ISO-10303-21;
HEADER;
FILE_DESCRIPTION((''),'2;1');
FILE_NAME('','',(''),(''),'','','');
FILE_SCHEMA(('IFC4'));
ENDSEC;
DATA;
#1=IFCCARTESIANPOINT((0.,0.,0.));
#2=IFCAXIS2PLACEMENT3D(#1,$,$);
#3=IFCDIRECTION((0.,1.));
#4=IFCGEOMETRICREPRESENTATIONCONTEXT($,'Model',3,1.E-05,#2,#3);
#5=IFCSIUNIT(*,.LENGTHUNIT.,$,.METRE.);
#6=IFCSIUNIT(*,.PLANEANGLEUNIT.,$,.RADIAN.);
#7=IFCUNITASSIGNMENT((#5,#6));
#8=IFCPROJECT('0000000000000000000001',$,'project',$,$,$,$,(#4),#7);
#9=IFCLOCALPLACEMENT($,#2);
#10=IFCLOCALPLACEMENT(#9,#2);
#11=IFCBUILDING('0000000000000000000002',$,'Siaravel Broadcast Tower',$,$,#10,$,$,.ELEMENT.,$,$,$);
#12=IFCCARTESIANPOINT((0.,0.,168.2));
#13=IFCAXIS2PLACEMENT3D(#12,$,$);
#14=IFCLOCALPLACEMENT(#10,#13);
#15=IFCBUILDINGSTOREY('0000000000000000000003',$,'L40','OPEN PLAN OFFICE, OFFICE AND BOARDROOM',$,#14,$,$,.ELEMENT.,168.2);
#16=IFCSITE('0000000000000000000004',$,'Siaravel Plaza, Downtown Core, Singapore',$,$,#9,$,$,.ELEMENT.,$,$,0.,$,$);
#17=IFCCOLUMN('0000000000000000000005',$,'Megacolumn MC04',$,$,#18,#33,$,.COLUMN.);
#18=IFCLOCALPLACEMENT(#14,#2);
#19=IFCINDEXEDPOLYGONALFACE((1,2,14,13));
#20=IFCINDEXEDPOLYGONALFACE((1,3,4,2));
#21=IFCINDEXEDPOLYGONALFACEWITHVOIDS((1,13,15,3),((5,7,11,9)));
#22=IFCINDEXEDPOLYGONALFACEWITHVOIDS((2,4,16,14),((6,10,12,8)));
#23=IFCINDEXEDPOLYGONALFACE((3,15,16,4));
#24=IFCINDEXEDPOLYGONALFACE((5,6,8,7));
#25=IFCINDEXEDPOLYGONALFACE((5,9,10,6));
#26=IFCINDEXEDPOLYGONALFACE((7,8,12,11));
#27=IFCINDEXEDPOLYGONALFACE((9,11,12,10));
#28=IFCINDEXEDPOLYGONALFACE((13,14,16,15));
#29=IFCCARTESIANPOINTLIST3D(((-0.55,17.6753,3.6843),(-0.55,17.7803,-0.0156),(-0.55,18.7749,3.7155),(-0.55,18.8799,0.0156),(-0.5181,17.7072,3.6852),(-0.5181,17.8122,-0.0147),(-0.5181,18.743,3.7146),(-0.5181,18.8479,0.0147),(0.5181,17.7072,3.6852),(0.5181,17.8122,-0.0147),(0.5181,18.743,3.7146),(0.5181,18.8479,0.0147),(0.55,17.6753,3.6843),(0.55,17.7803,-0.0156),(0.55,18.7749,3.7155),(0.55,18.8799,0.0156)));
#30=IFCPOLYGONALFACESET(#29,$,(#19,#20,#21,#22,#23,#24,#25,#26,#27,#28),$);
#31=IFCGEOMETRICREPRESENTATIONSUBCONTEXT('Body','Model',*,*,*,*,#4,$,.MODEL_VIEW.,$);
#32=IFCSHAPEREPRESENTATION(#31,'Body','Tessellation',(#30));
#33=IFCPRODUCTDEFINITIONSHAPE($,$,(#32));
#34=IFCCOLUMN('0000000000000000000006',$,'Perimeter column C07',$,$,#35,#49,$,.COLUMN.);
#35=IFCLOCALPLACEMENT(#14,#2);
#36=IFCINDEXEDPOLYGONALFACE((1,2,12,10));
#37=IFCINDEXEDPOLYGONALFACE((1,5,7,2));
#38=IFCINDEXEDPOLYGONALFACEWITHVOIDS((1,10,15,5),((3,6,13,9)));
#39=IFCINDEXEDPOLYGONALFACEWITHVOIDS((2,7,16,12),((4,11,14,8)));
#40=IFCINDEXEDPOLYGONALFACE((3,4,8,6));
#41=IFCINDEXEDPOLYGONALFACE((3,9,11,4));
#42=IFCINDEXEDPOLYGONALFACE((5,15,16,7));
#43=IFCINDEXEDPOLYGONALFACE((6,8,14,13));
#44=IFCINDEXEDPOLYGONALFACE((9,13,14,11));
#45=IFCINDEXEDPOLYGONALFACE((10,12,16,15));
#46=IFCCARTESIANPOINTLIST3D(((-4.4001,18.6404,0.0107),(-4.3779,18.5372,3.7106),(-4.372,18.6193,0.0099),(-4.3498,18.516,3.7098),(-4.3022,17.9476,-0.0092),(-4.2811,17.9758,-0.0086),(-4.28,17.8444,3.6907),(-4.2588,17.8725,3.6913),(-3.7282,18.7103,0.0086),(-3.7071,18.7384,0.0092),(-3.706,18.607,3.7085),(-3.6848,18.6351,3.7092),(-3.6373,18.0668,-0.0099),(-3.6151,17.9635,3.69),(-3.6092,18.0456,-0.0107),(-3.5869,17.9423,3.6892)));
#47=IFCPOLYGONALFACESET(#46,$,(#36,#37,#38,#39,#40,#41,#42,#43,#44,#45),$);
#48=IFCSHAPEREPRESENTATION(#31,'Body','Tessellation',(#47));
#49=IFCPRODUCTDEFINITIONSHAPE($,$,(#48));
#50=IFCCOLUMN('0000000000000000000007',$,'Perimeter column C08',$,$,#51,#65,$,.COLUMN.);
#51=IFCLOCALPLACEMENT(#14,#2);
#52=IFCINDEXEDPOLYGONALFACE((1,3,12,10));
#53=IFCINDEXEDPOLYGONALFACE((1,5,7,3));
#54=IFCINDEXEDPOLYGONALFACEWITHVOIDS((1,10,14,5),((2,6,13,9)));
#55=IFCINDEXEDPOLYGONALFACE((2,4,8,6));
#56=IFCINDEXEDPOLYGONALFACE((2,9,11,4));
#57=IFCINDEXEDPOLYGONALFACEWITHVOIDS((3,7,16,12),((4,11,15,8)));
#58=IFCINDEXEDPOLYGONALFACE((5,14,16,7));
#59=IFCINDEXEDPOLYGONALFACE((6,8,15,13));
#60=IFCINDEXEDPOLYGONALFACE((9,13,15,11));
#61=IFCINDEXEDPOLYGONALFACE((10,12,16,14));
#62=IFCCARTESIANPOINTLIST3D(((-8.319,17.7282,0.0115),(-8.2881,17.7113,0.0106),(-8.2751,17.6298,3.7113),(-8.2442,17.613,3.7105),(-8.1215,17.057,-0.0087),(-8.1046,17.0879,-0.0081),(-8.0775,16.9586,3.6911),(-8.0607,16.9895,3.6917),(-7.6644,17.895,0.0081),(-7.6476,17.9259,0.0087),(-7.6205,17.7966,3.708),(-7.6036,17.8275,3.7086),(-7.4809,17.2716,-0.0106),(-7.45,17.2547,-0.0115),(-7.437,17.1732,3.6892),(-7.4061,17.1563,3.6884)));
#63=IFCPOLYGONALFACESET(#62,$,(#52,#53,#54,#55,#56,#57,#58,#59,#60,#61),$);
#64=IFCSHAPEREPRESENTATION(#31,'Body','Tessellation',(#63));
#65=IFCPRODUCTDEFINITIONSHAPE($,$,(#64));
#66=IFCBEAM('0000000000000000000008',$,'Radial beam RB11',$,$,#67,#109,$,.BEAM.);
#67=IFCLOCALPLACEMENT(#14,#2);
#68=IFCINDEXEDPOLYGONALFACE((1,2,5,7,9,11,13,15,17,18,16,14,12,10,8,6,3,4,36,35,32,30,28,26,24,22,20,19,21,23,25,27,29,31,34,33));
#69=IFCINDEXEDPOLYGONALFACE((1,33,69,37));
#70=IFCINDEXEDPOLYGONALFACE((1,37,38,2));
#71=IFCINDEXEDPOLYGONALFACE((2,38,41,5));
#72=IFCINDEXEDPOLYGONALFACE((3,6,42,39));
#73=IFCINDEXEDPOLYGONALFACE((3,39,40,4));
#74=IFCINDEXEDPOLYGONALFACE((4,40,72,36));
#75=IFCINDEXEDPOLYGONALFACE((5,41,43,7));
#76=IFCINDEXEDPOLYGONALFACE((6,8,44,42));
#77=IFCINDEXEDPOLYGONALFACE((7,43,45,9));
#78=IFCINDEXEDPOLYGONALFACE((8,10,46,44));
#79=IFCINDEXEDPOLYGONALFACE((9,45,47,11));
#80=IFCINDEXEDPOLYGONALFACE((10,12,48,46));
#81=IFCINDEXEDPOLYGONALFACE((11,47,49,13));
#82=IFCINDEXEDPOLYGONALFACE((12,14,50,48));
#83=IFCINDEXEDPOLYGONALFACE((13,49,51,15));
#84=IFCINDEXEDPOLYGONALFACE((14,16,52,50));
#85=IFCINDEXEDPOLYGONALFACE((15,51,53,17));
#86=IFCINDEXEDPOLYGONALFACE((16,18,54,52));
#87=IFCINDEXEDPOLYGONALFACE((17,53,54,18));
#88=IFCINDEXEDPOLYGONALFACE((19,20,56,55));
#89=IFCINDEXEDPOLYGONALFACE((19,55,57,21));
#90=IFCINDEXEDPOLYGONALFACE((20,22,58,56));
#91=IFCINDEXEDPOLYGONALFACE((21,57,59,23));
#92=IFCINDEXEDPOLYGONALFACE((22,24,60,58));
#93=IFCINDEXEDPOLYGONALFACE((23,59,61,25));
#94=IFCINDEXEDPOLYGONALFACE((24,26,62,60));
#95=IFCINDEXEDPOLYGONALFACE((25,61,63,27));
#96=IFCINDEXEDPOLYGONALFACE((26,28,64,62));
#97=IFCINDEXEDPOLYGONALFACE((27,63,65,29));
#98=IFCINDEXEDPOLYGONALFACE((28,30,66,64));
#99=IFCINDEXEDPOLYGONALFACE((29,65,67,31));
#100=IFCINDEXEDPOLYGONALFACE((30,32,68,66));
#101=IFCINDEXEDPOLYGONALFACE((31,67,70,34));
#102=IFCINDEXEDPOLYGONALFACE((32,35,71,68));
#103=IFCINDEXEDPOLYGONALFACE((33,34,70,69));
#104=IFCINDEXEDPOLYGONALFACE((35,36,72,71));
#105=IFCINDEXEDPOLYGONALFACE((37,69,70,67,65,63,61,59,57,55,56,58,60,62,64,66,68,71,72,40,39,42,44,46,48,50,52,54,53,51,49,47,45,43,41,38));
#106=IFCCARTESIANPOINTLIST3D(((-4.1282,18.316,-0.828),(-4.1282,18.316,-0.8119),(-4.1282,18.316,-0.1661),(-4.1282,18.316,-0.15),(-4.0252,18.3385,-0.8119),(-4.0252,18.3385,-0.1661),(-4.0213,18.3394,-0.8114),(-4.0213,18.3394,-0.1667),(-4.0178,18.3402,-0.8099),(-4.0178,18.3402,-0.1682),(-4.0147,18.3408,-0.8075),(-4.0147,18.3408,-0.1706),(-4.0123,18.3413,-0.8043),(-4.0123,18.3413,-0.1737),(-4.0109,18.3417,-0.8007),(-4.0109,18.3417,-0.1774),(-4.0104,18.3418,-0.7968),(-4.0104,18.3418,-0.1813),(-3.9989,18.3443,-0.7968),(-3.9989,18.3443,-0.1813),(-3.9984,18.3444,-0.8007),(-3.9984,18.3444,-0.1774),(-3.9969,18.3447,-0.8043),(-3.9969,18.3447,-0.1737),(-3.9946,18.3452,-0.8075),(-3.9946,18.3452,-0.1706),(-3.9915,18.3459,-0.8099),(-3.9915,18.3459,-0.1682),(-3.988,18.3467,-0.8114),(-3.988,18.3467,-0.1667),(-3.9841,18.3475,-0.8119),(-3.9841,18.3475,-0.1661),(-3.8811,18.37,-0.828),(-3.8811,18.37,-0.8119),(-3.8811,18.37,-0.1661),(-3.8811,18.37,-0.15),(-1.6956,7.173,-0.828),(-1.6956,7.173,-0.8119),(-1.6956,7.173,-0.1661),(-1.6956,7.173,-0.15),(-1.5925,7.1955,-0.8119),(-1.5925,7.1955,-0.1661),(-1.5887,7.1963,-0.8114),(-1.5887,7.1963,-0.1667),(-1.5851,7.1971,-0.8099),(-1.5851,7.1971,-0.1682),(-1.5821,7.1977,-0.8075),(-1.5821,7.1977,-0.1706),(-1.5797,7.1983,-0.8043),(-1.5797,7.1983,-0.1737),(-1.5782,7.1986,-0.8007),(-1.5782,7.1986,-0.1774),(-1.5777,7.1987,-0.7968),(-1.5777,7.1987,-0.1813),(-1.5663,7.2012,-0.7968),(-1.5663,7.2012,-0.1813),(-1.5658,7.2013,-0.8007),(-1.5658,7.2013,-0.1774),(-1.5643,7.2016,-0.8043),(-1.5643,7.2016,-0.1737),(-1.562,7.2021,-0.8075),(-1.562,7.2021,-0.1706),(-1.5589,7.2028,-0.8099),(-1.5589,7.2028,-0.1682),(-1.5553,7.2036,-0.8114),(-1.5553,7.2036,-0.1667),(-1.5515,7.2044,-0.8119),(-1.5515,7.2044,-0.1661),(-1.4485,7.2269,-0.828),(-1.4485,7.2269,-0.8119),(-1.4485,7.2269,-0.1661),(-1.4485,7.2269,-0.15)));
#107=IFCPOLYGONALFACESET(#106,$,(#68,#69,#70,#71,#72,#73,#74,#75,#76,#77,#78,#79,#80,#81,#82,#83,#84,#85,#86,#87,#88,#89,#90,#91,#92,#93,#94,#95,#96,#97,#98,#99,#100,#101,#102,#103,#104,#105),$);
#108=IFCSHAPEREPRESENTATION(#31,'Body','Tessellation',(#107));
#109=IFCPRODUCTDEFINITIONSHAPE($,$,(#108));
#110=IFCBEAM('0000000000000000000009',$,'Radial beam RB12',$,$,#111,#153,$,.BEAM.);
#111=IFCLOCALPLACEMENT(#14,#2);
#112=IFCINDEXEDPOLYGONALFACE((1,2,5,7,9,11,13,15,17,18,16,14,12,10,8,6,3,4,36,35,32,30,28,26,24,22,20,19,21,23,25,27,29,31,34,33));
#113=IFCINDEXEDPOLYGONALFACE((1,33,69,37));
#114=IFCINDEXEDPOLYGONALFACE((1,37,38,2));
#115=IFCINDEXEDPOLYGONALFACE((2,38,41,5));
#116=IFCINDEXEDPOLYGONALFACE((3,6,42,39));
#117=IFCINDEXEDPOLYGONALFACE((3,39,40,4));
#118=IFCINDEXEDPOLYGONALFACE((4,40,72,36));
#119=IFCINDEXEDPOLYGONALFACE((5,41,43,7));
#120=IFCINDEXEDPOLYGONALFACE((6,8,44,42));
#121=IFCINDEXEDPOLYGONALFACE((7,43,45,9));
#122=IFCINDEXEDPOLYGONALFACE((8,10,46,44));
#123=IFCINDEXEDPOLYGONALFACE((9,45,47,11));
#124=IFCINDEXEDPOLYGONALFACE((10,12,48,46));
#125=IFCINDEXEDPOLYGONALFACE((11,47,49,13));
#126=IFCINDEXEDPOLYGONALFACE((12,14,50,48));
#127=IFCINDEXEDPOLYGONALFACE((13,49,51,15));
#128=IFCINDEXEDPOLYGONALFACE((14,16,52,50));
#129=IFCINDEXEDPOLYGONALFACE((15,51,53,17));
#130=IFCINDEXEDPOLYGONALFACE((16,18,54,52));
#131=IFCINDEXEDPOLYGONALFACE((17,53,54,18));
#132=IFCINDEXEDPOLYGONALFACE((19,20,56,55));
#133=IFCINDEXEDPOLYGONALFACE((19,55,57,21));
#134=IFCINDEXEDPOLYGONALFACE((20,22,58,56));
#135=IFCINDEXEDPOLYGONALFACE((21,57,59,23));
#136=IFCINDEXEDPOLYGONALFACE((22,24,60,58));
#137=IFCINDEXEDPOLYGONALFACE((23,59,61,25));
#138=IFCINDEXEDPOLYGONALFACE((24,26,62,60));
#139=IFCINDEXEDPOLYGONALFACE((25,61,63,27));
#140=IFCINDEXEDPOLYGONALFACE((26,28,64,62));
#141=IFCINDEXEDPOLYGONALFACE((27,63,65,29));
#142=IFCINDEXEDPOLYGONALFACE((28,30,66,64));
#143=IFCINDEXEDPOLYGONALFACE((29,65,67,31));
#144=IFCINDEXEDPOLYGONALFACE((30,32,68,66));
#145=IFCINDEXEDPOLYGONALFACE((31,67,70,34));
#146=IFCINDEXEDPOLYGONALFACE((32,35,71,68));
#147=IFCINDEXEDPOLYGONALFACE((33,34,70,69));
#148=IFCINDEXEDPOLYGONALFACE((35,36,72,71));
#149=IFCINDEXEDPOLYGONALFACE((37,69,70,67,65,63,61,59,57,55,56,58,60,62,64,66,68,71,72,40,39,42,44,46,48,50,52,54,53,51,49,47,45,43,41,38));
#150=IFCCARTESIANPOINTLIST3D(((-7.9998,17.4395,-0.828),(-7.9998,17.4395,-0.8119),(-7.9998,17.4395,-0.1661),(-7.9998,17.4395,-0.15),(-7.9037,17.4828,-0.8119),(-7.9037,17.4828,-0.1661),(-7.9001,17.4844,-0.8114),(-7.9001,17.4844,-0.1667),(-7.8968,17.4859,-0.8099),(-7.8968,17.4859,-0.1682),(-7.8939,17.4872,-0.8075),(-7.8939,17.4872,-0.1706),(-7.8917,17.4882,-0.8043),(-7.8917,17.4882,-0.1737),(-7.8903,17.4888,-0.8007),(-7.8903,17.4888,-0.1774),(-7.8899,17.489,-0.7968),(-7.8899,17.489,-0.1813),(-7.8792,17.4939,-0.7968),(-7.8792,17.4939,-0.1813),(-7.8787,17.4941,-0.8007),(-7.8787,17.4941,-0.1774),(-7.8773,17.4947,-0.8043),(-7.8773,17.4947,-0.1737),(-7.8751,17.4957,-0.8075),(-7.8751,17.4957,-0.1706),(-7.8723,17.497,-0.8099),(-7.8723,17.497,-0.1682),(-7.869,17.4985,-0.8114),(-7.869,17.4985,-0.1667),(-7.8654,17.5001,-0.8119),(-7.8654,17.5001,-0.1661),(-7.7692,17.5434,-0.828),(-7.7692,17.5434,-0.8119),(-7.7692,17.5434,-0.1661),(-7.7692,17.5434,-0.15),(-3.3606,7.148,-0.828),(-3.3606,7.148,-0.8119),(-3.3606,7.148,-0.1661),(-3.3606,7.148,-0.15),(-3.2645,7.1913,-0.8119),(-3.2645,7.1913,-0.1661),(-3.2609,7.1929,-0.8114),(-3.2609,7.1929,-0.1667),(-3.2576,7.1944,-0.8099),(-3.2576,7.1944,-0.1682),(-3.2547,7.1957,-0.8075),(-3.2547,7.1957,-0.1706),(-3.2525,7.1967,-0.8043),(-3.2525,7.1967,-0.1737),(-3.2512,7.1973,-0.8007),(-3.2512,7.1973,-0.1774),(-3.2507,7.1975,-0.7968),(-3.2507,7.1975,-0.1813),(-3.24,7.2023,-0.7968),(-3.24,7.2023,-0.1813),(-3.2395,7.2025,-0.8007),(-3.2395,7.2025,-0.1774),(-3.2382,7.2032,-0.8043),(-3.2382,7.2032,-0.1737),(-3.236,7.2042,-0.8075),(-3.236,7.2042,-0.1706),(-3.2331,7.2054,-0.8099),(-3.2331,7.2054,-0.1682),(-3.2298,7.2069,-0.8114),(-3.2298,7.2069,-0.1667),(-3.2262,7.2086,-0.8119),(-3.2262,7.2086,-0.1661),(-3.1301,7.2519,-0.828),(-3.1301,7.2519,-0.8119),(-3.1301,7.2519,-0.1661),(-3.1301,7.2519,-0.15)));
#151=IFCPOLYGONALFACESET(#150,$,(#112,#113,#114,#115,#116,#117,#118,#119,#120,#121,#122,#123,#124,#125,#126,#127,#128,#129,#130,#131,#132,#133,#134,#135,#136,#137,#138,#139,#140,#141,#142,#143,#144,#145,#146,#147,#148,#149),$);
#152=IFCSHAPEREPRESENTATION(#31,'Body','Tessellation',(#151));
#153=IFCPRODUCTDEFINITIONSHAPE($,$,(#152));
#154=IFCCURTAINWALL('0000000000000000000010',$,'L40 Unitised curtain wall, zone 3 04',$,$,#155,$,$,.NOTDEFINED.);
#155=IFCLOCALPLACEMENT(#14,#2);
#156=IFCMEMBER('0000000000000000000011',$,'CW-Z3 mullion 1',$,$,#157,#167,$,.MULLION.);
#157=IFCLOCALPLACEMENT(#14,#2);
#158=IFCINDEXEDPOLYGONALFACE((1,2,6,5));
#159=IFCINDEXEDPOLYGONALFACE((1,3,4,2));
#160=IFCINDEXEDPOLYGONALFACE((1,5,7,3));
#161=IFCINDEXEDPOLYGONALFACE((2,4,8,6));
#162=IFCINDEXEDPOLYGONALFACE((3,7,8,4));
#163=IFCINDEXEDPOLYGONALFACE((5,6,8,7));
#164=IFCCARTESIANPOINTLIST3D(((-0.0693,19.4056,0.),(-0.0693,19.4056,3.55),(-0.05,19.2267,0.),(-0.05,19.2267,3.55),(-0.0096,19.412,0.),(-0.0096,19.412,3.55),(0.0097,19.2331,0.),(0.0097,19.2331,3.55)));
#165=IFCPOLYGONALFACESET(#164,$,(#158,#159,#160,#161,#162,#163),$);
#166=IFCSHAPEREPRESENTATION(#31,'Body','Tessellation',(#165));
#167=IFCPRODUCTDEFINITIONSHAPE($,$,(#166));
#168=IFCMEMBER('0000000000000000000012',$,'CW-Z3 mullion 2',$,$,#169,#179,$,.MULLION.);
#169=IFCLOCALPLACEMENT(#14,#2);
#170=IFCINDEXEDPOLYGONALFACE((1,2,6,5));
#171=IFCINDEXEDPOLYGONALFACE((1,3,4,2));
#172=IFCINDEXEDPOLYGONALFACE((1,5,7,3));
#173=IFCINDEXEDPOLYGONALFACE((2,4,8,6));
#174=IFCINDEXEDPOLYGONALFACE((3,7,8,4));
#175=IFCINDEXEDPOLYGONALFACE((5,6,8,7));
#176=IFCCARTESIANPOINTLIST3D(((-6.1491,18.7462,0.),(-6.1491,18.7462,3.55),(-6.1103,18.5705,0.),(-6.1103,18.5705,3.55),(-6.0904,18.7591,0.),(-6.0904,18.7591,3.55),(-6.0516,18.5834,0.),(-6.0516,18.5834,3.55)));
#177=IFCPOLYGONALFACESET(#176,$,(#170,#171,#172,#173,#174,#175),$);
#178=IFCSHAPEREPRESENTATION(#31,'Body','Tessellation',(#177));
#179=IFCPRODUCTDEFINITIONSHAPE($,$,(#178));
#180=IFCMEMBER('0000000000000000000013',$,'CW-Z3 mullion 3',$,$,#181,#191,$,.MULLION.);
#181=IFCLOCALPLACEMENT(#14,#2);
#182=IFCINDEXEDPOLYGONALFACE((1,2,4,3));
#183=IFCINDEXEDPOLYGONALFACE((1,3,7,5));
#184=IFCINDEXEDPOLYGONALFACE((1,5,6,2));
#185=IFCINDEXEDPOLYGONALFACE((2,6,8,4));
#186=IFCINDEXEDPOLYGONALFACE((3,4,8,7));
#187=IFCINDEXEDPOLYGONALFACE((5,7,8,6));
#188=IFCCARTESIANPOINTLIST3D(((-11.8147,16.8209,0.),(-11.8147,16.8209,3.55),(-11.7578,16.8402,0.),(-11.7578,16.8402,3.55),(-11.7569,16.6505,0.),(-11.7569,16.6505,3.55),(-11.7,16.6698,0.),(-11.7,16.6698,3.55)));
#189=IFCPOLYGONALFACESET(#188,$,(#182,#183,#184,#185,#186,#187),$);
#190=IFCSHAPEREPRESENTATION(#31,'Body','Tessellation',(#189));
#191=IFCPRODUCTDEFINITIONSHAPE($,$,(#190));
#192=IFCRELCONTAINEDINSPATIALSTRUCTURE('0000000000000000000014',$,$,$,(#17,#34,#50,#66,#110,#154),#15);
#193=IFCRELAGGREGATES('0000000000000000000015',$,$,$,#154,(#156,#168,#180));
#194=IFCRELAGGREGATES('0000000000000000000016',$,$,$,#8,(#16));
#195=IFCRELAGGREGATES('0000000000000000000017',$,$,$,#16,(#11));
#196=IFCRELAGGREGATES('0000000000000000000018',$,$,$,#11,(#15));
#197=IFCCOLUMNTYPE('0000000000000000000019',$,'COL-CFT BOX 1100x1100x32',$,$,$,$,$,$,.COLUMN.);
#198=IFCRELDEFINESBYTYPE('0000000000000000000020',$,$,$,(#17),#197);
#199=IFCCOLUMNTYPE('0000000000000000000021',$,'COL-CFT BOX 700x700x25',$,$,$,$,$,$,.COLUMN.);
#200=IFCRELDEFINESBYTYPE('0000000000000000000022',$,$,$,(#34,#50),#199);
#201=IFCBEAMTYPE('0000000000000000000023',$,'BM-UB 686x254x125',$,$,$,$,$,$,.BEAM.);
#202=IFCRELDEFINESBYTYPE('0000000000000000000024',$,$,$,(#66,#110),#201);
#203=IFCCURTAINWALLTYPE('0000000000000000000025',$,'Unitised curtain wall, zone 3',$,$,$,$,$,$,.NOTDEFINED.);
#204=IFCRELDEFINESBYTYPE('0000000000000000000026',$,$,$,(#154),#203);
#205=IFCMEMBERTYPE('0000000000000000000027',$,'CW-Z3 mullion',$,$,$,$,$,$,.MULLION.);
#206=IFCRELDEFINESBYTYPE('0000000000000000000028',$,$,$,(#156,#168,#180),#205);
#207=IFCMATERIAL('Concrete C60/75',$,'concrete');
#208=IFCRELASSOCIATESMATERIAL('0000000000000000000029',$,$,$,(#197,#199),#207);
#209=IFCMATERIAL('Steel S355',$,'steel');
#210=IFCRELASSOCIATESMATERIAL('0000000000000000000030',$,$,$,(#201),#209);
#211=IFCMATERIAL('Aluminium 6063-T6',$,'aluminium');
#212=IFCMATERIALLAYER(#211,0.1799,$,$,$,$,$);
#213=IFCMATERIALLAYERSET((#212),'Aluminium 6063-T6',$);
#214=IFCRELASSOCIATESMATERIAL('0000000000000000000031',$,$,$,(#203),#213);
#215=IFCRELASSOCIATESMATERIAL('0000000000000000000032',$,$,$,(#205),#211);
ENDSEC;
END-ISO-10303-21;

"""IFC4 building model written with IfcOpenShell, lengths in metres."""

from ifc_helpers import new_model, si_unit, direction, frame, origin, origin_2d, place, context, subcontext, project, spatial, rectangle, hollow_rectangle, i_section, extrude, material, layer, layer_set, material_profile, profile_set, type_object, element, aggregate, save


model = new_model("IFC4")

# Units and contexts
model_context = context("Model", 3, precision=1e-05, world=origin(), true_north=direction((0.0, 1.0)))
body_context = subcontext(model_context, "Body", "Model", "MODEL_VIEW")
ifc_project = project(units=[si_unit("LENGTHUNIT", "METRE"), si_unit("PLANEANGLEUNIT", "RADIAN")], contexts=[model_context])

# Site, building, storey
site_placement = place(None, origin())
site = spatial("IfcSite", under=ifc_project, at=site_placement, Name="Siaravel Plaza, Downtown Core, Singapore", CompositionType="ELEMENT", RefElevation=0.0)
building_placement = place(site_placement, origin())
building = spatial("IfcBuilding", under=site, at=building_placement, Name="Siaravel Broadcast Tower", CompositionType="ELEMENT")
storey_placement = place(building_placement, frame((0.0, 0.0, 168.2)))
storey = spatial("IfcBuildingStorey", under=building, at=storey_placement, Name="L40", Description="OPEN PLAN OFFICE, OFFICE AND BOARDROOM", CompositionType="ELEMENT", Elevation=168.2)

# Columns
ifc_material_1 = material(Name="Concrete C60/75", Category="concrete")
ifc_material_profile_1 = material_profile(ifc_material_1, hollow_rectangle(XDim=1.1001, YDim=1.1001, WallThickness=0.032, at=origin_2d()))
ifc_profile_set_1 = profile_set([ifc_material_profile_1], Name="Concrete C60/75")
column_type_1 = type_object("IfcColumnType", Name="COL-CFT BOX 1100x1100x32", PredefinedType="COLUMN", material=ifc_profile_set_1)
column_placement = place(storey_placement, frame((0.0, 18.3301, 0.0), z_axis=(0.0, -0.028362, 0.999598), x_axis=(1.0, 0.0, 0.0)))
element("IfcColumn", 1, at=column_placement, inside=storey, type_object=column_type_1, Name="Megacolumn MC04", PredefinedType="COLUMN", context=body_context, shape_type="SweptSolid", body=[
    extrude(hollow_rectangle(XDim=1.1001, YDim=1.1001, WallThickness=0.032, at=origin_2d()), origin(), (0.0, 0.0, 1.0), 3.7014),
])
ifc_material_profile_2 = material_profile(ifc_material_1, hollow_rectangle(XDim=0.7, YDim=0.7, WallThickness=0.0249, at=origin_2d()))
ifc_profile_set_2 = profile_set([ifc_material_profile_2], Name="Concrete C60/75")
column_type_2 = type_object("IfcColumnType", Name="COL-CFT BOX 700x700x25", PredefinedType="COLUMN", material=ifc_profile_set_2)
for number, where, z_axis, x_axis, name in (
    (2, (-4.0046, 18.343, 0.0), (0.006002, -0.0279, 0.999593), (0.990155, 0.139962, -0.002039), "Perimeter column C07"),
    (3, (-7.8845, 17.4915, 0.0), (0.011872, -0.026581, 0.999576), (0.959267, 0.282476, -0.003882), "Perimeter column C08"),
):
    element("IfcColumn", number, at=place(storey_placement, frame(where, z_axis=z_axis, x_axis=x_axis)), inside=storey, type_object=column_type_2, Name=name, PredefinedType="COLUMN", context=body_context, shape_type="SweptSolid", body=[
        extrude(hollow_rectangle(XDim=0.7, YDim=0.7, WallThickness=0.0249, at=origin_2d()), origin(), (0.0, 0.0, 1.0), 3.7014),
    ])

# Beams
ifc_material_2 = material(Name="Steel S355", Category="steel")
ifc_material_profile_3 = material_profile(ifc_material_2, i_section(OverallWidth=0.2529, OverallDepth=0.678, WebThickness=0.0117, FlangeThickness=0.0161, FilletRadius=0.0151, at=origin_2d()))
ifc_profile_set_3 = profile_set([ifc_material_profile_3], Name="Steel S355")
beam_type = type_object("IfcBeamType", Name="BM-UB 686x254x125", PredefinedType="BEAM", material=ifc_profile_set_3)
beam_1_placement = place(storey_placement, frame((-4.0046, 18.343, -0.489), z_axis=(0.213284, -0.97699, 0.0), x_axis=(0.97699, 0.213284, 0.0)))
element("IfcBeam", 4, at=beam_1_placement, inside=storey, type_object=beam_type, Name="Radial beam RB11", PredefinedType="BEAM", context=body_context, shape_type="SweptSolid", body=[
    extrude(i_section(OverallWidth=0.2529, OverallDepth=0.678, WebThickness=0.0117, FlangeThickness=0.0161, FilletRadius=0.0151, at=origin_2d()), origin(), (0.0, 0.0, 1.0), 11.4055),
])
beam_2_placement = place(storey_placement, frame((-7.8845, 17.4915, -0.489), z_axis=(0.410953, -0.911657, 0.0), x_axis=(0.911657, 0.410953, 0.0)))
element("IfcBeam", 5, at=beam_2_placement, inside=storey, type_object=beam_type, Name="Radial beam RB12", PredefinedType="BEAM", context=body_context, shape_type="SweptSolid", body=[
    extrude(i_section(OverallWidth=0.2529, OverallDepth=0.678, WebThickness=0.0117, FlangeThickness=0.0161, FilletRadius=0.0151, at=origin_2d()), origin(), (0.0, 0.0, 1.0), 11.2888),
])

# Curtain wall, members
ifc_material_3 = material(Name="Aluminium 6063-T6", Category="aluminium")
ifc_layer_1 = layer(ifc_material_3, 0.1799)
ifc_layer_set_1 = layer_set([ifc_layer_1], Name="Aluminium 6063-T6")
curtain_wall_type = type_object("IfcCurtainWallType", Name="Unitised curtain wall, zone 3", PredefinedType="NOTDEFINED", material=ifc_layer_set_1)
curtain_wall_placement = place(storey_placement, origin())
curtain_wall = element("IfcCurtainWall", 6, at=curtain_wall_placement, inside=storey, type_object=curtain_wall_type, Name="L40 Unitised curtain wall, zone 3 04", PredefinedType="NOTDEFINED")
ifc_material_profile_4 = material_profile(ifc_material_3, rectangle(XDim=0.1799, YDim=0.0601, at=origin_2d()))
ifc_profile_set_4 = profile_set([ifc_material_profile_4], Name="Aluminium 6063-T6")
member_type_1 = type_object("IfcMemberType", Name="CW-Z3 mullion", PredefinedType="MULLION", material=ifc_profile_set_4)
member_1_placement = place(storey_placement, frame((-0.0298, 19.3193, 0.0), z_axis=(0.0, 0.0, 1.0), x_axis=(0.107217, -0.994236, 0.0)))
member_1 = element("IfcMember", 7, at=member_1_placement, type_object=member_type_1, Name="CW-Z3 mullion 1", PredefinedType="MULLION", context=body_context, shape_type="SweptSolid", body=[
    extrude(rectangle(XDim=0.1799, YDim=0.0601, at=origin_2d()), origin(), (0.0, 0.0, 1.0), 3.55),
])
member_2_placement = place(storey_placement, frame((-6.1003, 18.6648, 0.0), z_axis=(0.0, 0.0, 1.0), x_axis=(0.215558, -0.976491, 0.0)))
member_2 = element("IfcMember", 8, at=member_2_placement, type_object=member_type_1, Name="CW-Z3 mullion 2", PredefinedType="MULLION", context=body_context, shape_type="SweptSolid", body=[
    extrude(rectangle(XDim=0.1799, YDim=0.0601, at=origin_2d()), origin(), (0.0, 0.0, 1.0), 3.55),
])
member_3_placement = place(storey_placement, frame((-11.7573, 16.7454, 0.0), z_axis=(0.0, 0.0, 1.0), x_axis=(0.3213, -0.946977, 0.0)))
member_3 = element("IfcMember", 9, at=member_3_placement, type_object=member_type_1, Name="CW-Z3 mullion 3", PredefinedType="MULLION", context=body_context, shape_type="SweptSolid", body=[
    extrude(rectangle(XDim=0.1799, YDim=0.0601, at=origin_2d()), origin(), (0.0, 0.0, 1.0), 3.55),
])

aggregate(curtain_wall, [member_1, member_2, member_3])

save(model, "model.ifc")
